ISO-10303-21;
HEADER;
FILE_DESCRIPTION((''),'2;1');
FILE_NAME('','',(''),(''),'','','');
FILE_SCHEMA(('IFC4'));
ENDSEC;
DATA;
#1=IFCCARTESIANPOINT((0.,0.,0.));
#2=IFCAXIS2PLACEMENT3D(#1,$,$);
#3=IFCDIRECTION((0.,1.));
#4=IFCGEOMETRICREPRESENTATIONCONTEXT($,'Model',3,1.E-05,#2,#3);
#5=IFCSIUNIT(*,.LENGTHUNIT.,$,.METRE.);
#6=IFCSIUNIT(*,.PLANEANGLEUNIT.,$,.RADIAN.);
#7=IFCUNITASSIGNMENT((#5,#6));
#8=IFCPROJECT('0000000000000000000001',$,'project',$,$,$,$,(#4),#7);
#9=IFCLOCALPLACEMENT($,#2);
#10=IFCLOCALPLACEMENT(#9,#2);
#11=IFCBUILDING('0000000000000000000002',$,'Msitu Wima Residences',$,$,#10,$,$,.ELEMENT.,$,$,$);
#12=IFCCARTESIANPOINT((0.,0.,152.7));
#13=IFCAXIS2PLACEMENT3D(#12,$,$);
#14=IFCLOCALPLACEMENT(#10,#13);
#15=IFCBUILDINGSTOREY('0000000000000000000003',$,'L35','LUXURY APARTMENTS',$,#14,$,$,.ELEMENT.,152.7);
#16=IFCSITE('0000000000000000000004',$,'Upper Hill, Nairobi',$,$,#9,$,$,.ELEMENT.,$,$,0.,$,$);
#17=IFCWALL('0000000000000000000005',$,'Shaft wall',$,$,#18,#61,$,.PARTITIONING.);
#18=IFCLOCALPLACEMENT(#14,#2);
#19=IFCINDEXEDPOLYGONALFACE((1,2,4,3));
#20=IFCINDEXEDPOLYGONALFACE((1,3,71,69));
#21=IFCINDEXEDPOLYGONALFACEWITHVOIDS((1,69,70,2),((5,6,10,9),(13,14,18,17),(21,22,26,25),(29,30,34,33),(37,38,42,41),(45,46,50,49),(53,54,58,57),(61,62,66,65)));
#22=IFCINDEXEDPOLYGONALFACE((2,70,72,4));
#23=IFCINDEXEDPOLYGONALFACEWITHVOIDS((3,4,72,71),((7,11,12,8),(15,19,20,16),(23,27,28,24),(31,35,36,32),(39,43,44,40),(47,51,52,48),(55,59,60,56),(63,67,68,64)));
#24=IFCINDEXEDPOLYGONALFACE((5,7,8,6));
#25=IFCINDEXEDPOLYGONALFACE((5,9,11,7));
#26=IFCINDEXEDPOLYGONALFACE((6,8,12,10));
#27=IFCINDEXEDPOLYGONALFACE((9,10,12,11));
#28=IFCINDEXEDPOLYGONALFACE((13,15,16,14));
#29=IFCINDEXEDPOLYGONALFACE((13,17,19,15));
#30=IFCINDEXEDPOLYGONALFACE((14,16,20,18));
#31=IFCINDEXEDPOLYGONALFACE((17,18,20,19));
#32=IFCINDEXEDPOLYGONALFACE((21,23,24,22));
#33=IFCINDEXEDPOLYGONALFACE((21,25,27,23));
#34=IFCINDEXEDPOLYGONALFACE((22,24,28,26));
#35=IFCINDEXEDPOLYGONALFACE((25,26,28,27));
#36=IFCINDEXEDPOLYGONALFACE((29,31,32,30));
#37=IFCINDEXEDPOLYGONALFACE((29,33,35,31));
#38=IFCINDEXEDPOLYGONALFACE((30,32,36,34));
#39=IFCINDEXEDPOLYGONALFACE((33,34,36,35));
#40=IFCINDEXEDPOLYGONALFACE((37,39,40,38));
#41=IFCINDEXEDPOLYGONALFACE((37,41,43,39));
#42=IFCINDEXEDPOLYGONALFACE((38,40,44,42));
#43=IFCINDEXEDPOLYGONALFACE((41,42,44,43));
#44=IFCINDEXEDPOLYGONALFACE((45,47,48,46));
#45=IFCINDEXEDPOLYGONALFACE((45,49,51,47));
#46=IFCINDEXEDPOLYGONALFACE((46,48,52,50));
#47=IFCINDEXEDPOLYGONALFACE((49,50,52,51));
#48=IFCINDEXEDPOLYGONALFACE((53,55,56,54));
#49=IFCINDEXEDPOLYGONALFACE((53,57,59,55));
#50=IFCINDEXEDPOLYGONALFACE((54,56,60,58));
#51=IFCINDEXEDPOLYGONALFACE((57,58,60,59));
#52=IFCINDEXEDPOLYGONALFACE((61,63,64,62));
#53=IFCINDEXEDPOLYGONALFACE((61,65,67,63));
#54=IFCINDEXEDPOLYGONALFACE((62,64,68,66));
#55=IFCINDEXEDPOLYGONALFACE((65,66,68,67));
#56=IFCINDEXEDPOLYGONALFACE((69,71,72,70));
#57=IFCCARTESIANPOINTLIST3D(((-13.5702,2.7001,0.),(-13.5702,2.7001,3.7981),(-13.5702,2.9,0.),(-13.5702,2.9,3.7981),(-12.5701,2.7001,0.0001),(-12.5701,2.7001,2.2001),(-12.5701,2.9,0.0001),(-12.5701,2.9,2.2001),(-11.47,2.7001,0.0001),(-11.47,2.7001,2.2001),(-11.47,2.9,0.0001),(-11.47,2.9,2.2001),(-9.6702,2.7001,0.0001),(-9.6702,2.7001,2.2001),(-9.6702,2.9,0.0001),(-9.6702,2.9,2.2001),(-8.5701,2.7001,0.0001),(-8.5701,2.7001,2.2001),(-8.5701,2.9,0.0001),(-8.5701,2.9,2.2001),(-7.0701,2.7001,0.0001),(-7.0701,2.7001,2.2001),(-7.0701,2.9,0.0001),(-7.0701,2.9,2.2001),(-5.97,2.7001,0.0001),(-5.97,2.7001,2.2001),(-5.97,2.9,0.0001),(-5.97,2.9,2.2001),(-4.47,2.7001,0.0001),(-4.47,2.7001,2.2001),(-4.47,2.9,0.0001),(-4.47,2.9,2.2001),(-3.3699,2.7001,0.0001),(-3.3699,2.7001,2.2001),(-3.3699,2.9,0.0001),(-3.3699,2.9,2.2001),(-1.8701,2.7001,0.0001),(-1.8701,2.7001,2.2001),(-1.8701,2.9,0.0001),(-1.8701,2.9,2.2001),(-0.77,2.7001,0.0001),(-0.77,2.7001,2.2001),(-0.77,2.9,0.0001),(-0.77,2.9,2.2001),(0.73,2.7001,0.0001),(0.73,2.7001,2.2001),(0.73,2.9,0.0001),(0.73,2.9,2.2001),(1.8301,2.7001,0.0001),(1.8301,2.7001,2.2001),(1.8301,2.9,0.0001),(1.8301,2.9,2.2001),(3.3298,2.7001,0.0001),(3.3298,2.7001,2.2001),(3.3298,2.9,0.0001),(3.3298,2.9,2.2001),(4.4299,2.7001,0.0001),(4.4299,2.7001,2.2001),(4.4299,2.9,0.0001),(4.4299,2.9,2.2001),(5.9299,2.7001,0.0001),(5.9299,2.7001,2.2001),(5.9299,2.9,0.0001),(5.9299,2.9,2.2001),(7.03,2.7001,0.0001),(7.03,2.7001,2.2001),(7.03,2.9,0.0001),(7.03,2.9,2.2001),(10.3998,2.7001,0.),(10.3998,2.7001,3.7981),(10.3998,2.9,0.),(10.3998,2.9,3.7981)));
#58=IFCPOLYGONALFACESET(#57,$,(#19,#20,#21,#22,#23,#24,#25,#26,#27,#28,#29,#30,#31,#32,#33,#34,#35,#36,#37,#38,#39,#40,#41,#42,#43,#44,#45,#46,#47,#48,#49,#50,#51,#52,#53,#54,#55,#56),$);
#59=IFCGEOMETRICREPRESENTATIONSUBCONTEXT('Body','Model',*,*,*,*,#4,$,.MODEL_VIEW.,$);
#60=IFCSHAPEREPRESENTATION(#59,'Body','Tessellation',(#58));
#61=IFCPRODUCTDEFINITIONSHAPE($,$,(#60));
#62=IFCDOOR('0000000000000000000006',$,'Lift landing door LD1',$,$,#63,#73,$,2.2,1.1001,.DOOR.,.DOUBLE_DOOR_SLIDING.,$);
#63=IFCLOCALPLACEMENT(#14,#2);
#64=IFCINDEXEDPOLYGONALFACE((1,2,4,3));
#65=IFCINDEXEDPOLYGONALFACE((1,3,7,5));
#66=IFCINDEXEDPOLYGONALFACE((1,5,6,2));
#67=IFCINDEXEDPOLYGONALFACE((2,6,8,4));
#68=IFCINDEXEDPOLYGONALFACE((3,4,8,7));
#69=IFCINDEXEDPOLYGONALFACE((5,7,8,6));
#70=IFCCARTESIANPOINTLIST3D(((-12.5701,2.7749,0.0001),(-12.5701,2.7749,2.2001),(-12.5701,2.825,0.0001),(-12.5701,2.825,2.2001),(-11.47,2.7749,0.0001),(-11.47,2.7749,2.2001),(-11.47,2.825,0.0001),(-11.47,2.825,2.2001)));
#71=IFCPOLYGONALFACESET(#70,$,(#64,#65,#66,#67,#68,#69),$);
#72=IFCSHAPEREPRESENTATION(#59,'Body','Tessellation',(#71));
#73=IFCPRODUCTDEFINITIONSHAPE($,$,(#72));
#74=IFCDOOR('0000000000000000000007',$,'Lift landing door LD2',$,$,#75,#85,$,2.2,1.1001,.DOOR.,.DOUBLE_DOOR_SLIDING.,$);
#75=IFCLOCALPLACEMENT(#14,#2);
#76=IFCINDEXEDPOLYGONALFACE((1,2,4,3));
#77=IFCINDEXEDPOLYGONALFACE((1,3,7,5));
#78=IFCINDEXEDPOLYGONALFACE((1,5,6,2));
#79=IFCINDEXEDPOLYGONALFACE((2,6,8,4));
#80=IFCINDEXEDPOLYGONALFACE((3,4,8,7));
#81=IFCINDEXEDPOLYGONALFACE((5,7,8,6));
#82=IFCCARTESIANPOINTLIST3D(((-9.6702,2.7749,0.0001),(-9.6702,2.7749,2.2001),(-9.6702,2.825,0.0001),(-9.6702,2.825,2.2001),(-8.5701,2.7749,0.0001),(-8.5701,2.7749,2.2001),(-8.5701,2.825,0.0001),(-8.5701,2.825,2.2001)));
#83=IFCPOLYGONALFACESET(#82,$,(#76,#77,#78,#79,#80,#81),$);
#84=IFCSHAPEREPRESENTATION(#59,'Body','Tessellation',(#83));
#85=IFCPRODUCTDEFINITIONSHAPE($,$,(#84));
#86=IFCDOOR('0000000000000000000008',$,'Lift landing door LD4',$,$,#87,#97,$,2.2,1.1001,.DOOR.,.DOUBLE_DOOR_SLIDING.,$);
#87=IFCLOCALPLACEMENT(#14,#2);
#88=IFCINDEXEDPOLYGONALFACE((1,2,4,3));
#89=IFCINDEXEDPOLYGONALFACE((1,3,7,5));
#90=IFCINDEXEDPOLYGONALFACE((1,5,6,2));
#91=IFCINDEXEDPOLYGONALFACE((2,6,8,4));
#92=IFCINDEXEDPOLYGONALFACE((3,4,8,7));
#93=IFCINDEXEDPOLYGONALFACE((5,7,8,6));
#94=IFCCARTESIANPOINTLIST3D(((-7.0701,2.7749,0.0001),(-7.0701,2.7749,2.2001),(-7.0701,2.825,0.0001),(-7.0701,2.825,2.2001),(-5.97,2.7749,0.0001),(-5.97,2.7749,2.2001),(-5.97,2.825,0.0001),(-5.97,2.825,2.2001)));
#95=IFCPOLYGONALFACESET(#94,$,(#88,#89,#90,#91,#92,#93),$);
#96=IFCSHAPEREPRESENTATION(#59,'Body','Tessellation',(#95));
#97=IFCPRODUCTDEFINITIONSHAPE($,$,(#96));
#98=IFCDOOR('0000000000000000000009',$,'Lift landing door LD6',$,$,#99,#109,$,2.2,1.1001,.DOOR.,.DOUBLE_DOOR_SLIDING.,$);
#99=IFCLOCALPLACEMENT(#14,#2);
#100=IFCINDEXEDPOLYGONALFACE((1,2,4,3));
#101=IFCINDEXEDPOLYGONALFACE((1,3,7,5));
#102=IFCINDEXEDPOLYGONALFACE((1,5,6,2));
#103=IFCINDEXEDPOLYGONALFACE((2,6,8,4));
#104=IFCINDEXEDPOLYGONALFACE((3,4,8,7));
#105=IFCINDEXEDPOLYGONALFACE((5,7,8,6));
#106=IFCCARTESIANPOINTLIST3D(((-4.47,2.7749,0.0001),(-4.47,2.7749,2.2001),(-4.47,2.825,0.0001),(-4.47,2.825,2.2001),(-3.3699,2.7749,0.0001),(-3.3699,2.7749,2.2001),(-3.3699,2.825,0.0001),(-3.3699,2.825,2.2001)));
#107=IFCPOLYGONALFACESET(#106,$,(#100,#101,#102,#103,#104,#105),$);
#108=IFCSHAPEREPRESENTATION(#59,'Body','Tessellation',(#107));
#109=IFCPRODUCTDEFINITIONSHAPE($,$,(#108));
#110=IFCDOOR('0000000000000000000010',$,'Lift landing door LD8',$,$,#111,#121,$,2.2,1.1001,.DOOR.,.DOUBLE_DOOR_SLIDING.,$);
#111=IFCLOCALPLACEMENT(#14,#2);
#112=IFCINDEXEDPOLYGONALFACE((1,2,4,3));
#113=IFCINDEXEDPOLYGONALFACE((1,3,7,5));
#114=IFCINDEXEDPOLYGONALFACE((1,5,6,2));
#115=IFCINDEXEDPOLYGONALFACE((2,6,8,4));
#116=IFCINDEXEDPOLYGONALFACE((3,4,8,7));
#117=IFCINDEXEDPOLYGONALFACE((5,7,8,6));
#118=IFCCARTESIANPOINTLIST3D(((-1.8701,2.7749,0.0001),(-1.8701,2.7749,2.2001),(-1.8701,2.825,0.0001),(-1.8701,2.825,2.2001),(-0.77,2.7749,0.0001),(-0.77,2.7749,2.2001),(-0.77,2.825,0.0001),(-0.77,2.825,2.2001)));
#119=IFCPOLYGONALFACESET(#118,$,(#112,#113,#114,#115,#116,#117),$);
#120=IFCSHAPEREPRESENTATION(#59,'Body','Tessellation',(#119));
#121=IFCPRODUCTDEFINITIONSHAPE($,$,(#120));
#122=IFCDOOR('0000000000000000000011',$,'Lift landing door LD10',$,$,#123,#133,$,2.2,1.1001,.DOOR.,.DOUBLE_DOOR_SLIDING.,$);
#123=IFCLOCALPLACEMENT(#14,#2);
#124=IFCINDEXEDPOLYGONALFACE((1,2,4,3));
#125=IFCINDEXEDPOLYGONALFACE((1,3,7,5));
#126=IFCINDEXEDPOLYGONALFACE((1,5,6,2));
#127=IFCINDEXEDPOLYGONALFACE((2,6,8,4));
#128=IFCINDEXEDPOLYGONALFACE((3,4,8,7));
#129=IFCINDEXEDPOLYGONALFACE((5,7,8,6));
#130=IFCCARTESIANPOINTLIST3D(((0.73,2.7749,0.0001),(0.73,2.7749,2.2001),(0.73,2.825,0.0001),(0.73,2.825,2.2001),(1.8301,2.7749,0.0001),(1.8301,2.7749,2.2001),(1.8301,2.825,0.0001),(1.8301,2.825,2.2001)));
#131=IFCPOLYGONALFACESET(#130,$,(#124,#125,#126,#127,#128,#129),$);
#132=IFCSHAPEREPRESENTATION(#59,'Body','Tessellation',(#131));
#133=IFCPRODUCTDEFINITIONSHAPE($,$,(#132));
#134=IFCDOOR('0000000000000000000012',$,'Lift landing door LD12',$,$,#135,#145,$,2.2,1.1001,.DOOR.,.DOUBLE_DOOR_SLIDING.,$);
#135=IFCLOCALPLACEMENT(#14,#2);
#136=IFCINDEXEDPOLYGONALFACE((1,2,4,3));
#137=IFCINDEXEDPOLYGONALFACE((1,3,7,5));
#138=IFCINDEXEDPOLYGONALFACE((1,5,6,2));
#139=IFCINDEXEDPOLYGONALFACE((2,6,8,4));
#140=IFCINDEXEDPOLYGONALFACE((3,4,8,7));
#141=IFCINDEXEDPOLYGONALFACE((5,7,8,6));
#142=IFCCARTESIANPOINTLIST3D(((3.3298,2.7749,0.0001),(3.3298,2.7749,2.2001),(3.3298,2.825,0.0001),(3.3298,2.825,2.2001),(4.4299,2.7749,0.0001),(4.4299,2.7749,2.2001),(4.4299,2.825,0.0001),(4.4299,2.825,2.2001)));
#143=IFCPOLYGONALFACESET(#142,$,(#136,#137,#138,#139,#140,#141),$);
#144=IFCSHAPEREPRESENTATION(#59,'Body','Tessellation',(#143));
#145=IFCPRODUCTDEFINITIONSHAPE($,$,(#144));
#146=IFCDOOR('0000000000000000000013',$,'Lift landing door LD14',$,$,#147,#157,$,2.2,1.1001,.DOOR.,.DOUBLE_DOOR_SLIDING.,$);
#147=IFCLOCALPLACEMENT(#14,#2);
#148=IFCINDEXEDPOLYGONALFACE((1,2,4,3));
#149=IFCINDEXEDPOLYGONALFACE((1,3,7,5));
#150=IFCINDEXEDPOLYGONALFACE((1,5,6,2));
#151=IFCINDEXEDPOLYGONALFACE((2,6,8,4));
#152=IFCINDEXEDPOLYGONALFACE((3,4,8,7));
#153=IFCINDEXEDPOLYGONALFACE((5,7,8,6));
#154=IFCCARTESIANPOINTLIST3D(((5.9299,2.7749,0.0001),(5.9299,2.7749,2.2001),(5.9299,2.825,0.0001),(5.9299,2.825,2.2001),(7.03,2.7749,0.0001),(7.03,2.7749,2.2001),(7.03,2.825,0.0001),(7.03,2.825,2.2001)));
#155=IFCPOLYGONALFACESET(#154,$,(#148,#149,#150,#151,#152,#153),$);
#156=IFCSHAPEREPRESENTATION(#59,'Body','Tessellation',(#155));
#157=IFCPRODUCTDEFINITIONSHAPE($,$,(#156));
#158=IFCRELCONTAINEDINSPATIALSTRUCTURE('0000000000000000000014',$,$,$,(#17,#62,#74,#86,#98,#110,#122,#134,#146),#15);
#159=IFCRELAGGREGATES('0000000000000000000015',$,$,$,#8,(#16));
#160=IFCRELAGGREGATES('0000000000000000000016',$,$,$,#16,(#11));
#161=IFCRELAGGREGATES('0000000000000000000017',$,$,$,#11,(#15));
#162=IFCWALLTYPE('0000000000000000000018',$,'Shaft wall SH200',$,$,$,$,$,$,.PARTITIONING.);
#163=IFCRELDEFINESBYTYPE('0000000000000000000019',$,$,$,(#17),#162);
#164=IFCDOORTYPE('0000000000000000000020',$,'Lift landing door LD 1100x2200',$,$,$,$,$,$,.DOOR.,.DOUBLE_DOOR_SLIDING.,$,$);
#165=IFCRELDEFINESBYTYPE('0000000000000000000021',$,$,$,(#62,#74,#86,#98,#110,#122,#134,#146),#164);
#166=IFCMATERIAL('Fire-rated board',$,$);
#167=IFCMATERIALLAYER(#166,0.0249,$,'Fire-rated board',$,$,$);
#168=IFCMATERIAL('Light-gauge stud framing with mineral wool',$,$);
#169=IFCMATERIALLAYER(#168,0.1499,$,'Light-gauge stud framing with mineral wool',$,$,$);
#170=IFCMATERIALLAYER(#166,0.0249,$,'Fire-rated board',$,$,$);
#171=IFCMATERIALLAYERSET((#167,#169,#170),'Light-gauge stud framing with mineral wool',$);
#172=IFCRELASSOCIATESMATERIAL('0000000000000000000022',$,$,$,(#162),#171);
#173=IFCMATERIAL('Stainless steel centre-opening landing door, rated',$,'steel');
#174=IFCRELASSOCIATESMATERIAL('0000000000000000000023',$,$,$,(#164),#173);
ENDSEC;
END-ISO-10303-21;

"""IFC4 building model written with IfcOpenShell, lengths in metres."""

from ifc_helpers import new_model, si_unit, direction, frame, frame_2d, origin, place, context, subcontext, project, spatial, rectangle, extrude, material, layer, layer_set, type_object, element, fill, save


model = new_model("IFC4")

# Units and contexts
model_context = context("Model", 3, precision=1e-05, world=origin(), true_north=direction((0.0, 1.0)))
body_context = subcontext(model_context, "Body", "Model", "MODEL_VIEW")
ifc_project = project(units=[si_unit("LENGTHUNIT", "METRE"), si_unit("PLANEANGLEUNIT", "RADIAN")], contexts=[model_context])

# Site, building, storey
site_placement = place(None, origin())
site = spatial("IfcSite", under=ifc_project, at=site_placement, Name="Upper Hill, Nairobi", CompositionType="ELEMENT", RefElevation=0.0)
building_placement = place(site_placement, origin())
building = spatial("IfcBuilding", under=site, at=building_placement, Name="Msitu Wima Residences", CompositionType="ELEMENT")
storey_placement = place(building_placement, frame((0.0, 0.0, 152.7)))
storey = spatial("IfcBuildingStorey", under=building, at=storey_placement, Name="L35", Description="LUXURY APARTMENTS", CompositionType="ELEMENT", Elevation=152.7)

# Shared definitions
ifc_material_1 = material(Name="Fire-rated board")
ifc_layer_1 = layer(ifc_material_1, 0.0249, Name="Fire-rated board")
ifc_material_2 = material(Name="Light-gauge stud framing with mineral wool")
ifc_layer_2 = layer(ifc_material_2, 0.1499, Name="Light-gauge stud framing with mineral wool")
ifc_layer_3 = layer(ifc_material_1, 0.0249, Name="Fire-rated board")
ifc_layer_set_1 = layer_set([ifc_layer_1, ifc_layer_2, ifc_layer_3], Name="Light-gauge stud framing with mineral wool")
wall_type_1 = type_object("IfcWallType", Name="Shaft wall SH200", PredefinedType="PARTITIONING", material=ifc_layer_set_1)

# Wall, openings, doors
wall_1_placement = place(storey_placement, frame((-13.5701, 2.8, 0.0), z_axis=(0.0, 0.0, 1.0), x_axis=(1.0, 0.0, 0.0)))
wall_1 = element("IfcWall", 1, at=wall_1_placement, inside=storey, type_object=wall_type_1, Name="Shaft wall", PredefinedType="PARTITIONING", context=body_context, shape_type="SweptSolid", body=[
    extrude(rectangle(XDim=23.97, YDim=0.2, at=frame_2d((11.9849, 0.0))), origin(), (0.0, 0.0, 1.0), 3.7981),
])
opening_1_placement = place(wall_1_placement, frame((1.0, 0.0, 0.0)))
opening_1 = element("IfcOpeningElement", 2, at=opening_1_placement, cuts=wall_1, PredefinedType="OPENING", context=body_context, shape_type="SweptSolid", body=[
    extrude(rectangle(XDim=1.1001, YDim=2.2, at=frame_2d((0.55, 1.1001))), frame((0.0, 0.1099, 0.0), z_axis=(0.0, -1.0, 0.0), x_axis=(1.0, 0.0, 0.0)), (0.0, 0.0, 1.0), 0.22),
])
opening_2_placement = place(wall_1_placement, frame((3.8999, 0.0, 0.0)))
opening_2 = element("IfcOpeningElement", 3, at=opening_2_placement, cuts=wall_1, PredefinedType="OPENING", context=body_context, shape_type="SweptSolid", body=[
    extrude(rectangle(XDim=1.1001, YDim=2.2, at=frame_2d((0.55, 1.1001))), frame((0.0, 0.1099, 0.0), z_axis=(0.0, -1.0, 0.0), x_axis=(1.0, 0.0, 0.0)), (0.0, 0.0, 1.0), 0.22),
])
opening_3_placement = place(wall_1_placement, frame((6.5, 0.0, 0.0)))
opening_3 = element("IfcOpeningElement", 4, at=opening_3_placement, cuts=wall_1, PredefinedType="OPENING", context=body_context, shape_type="SweptSolid", body=[
    extrude(rectangle(XDim=1.1001, YDim=2.2, at=frame_2d((0.55, 1.1001))), frame((0.0, 0.1099, 0.0), z_axis=(0.0, -1.0, 0.0), x_axis=(1.0, 0.0, 0.0)), (0.0, 0.0, 1.0), 0.22),
])
opening_4_placement = place(wall_1_placement, frame((9.1001, 0.0, 0.0)))
opening_4 = element("IfcOpeningElement", 5, at=opening_4_placement, cuts=wall_1, PredefinedType="OPENING", context=body_context, shape_type="SweptSolid", body=[
    extrude(rectangle(XDim=1.1001, YDim=2.2, at=frame_2d((0.55, 1.1001))), frame((0.0, 0.1099, 0.0), z_axis=(0.0, -1.0, 0.0), x_axis=(1.0, 0.0, 0.0)), (0.0, 0.0, 1.0), 0.22),
])
opening_5_placement = place(wall_1_placement, frame((11.7, 0.0, 0.0)))
opening_5 = element("IfcOpeningElement", 6, at=opening_5_placement, cuts=wall_1, PredefinedType="OPENING", context=body_context, shape_type="SweptSolid", body=[
    extrude(rectangle(XDim=1.1001, YDim=2.2, at=frame_2d((0.55, 1.1001))), frame((0.0, 0.1099, 0.0), z_axis=(0.0, -1.0, 0.0), x_axis=(1.0, 0.0, 0.0)), (0.0, 0.0, 1.0), 0.22),
])
opening_6_placement = place(wall_1_placement, frame((14.3, 0.0, 0.0)))
opening_6 = element("IfcOpeningElement", 7, at=opening_6_placement, cuts=wall_1, PredefinedType="OPENING", context=body_context, shape_type="SweptSolid", body=[
    extrude(rectangle(XDim=1.1001, YDim=2.2, at=frame_2d((0.55, 1.1001))), frame((0.0, 0.1099, 0.0), z_axis=(0.0, -1.0, 0.0), x_axis=(1.0, 0.0, 0.0)), (0.0, 0.0, 1.0), 0.22),
])
opening_7_placement = place(wall_1_placement, frame((16.8999, 0.0, 0.0)))
opening_7 = element("IfcOpeningElement", 8, at=opening_7_placement, cuts=wall_1, PredefinedType="OPENING", context=body_context, shape_type="SweptSolid", body=[
    extrude(rectangle(XDim=1.1001, YDim=2.2, at=frame_2d((0.55, 1.1001))), frame((0.0, 0.1099, 0.0), z_axis=(0.0, -1.0, 0.0), x_axis=(1.0, 0.0, 0.0)), (0.0, 0.0, 1.0), 0.22),
])
opening_8_placement = place(wall_1_placement, frame((19.5, 0.0, 0.0)))
opening_8 = element("IfcOpeningElement", 9, at=opening_8_placement, cuts=wall_1, PredefinedType="OPENING", context=body_context, shape_type="SweptSolid", body=[
    extrude(rectangle(XDim=1.1001, YDim=2.2, at=frame_2d((0.55, 1.1001))), frame((0.0, 0.1099, 0.0), z_axis=(0.0, -1.0, 0.0), x_axis=(1.0, 0.0, 0.0)), (0.0, 0.0, 1.0), 0.22),
])
ifc_material_3 = material(Name="Stainless steel centre-opening landing door, rated", Category="steel")
door_type_1 = type_object("IfcDoorType", Name="Lift landing door LD 1100x2200", OperationType="DOUBLE_DOOR_SLIDING", PredefinedType="DOOR", material=ifc_material_3)
door_1_placement = place(opening_1_placement, origin())
door_1 = element("IfcDoor", 10, at=door_1_placement, inside=storey, type_object=door_type_1, Name="Lift landing door LD1", OperationType="DOUBLE_DOOR_SLIDING", OverallHeight=2.2, OverallWidth=1.1001, PredefinedType="DOOR", context=body_context, shape_type="SweptSolid", body=[
    extrude(rectangle(XDim=1.1001, YDim=2.2, at=frame_2d((0.55, 1.1001))), frame((0.0, 0.0249, 0.0), z_axis=(0.0, -1.0, 0.0), x_axis=(1.0, 0.0, 0.0)), (0.0, 0.0, 1.0), 0.05),
])
fill(opening_1, door_1)
door_2_placement = place(opening_2_placement, origin())
door_2 = element("IfcDoor", 11, at=door_2_placement, inside=storey, type_object=door_type_1, Name="Lift landing door LD2", OperationType="DOUBLE_DOOR_SLIDING", OverallHeight=2.2, OverallWidth=1.1001, PredefinedType="DOOR", context=body_context, shape_type="SweptSolid", body=[
    extrude(rectangle(XDim=1.1001, YDim=2.2, at=frame_2d((0.55, 1.1001))), frame((0.0, 0.0249, 0.0), z_axis=(0.0, -1.0, 0.0), x_axis=(1.0, 0.0, 0.0)), (0.0, 0.0, 1.0), 0.05),
])
fill(opening_2, door_2)
door_3_placement = place(opening_3_placement, origin())
door_3 = element("IfcDoor", 12, at=door_3_placement, inside=storey, type_object=door_type_1, Name="Lift landing door LD4", OperationType="DOUBLE_DOOR_SLIDING", OverallHeight=2.2, OverallWidth=1.1001, PredefinedType="DOOR", context=body_context, shape_type="SweptSolid", body=[
    extrude(rectangle(XDim=1.1001, YDim=2.2, at=frame_2d((0.55, 1.1001))), frame((0.0, 0.0249, 0.0), z_axis=(0.0, -1.0, 0.0), x_axis=(1.0, 0.0, 0.0)), (0.0, 0.0, 1.0), 0.05),
])
fill(opening_3, door_3)
door_4_placement = place(opening_4_placement, origin())
door_4 = element("IfcDoor", 13, at=door_4_placement, inside=storey, type_object=door_type_1, Name="Lift landing door LD6", OperationType="DOUBLE_DOOR_SLIDING", OverallHeight=2.2, OverallWidth=1.1001, PredefinedType="DOOR", context=body_context, shape_type="SweptSolid", body=[
    extrude(rectangle(XDim=1.1001, YDim=2.2, at=frame_2d((0.55, 1.1001))), frame((0.0, 0.0249, 0.0), z_axis=(0.0, -1.0, 0.0), x_axis=(1.0, 0.0, 0.0)), (0.0, 0.0, 1.0), 0.05),
])
fill(opening_4, door_4)
door_5_placement = place(opening_5_placement, origin())
door_5 = element("IfcDoor", 14, at=door_5_placement, inside=storey, type_object=door_type_1, Name="Lift landing door LD8", OperationType="DOUBLE_DOOR_SLIDING", OverallHeight=2.2, OverallWidth=1.1001, PredefinedType="DOOR", context=body_context, shape_type="SweptSolid", body=[
    extrude(rectangle(XDim=1.1001, YDim=2.2, at=frame_2d((0.55, 1.1001))), frame((0.0, 0.0249, 0.0), z_axis=(0.0, -1.0, 0.0), x_axis=(1.0, 0.0, 0.0)), (0.0, 0.0, 1.0), 0.05),
])
fill(opening_5, door_5)
door_6_placement = place(opening_6_placement, origin())
door_6 = element("IfcDoor", 15, at=door_6_placement, inside=storey, type_object=door_type_1, Name="Lift landing door LD10", OperationType="DOUBLE_DOOR_SLIDING", OverallHeight=2.2, OverallWidth=1.1001, PredefinedType="DOOR", context=body_context, shape_type="SweptSolid", body=[
    extrude(rectangle(XDim=1.1001, YDim=2.2, at=frame_2d((0.55, 1.1001))), frame((0.0, 0.0249, 0.0), z_axis=(0.0, -1.0, 0.0), x_axis=(1.0, 0.0, 0.0)), (0.0, 0.0, 1.0), 0.05),
])
fill(opening_6, door_6)
door_7_placement = place(opening_7_placement, origin())
door_7 = element("IfcDoor", 16, at=door_7_placement, inside=storey, type_object=door_type_1, Name="Lift landing door LD12", OperationType="DOUBLE_DOOR_SLIDING", OverallHeight=2.2, OverallWidth=1.1001, PredefinedType="DOOR", context=body_context, shape_type="SweptSolid", body=[
    extrude(rectangle(XDim=1.1001, YDim=2.2, at=frame_2d((0.55, 1.1001))), frame((0.0, 0.0249, 0.0), z_axis=(0.0, -1.0, 0.0), x_axis=(1.0, 0.0, 0.0)), (0.0, 0.0, 1.0), 0.05),
])
fill(opening_7, door_7)
door_8_placement = place(opening_8_placement, origin())
door_8 = element("IfcDoor", 17, at=door_8_placement, inside=storey, type_object=door_type_1, Name="Lift landing door LD14", OperationType="DOUBLE_DOOR_SLIDING", OverallHeight=2.2, OverallWidth=1.1001, PredefinedType="DOOR", context=body_context, shape_type="SweptSolid", body=[
    extrude(rectangle(XDim=1.1001, YDim=2.2, at=frame_2d((0.55, 1.1001))), frame((0.0, 0.0249, 0.0), z_axis=(0.0, -1.0, 0.0), x_axis=(1.0, 0.0, 0.0)), (0.0, 0.0, 1.0), 0.05),
])
fill(opening_8, door_8)

save(model, "model.ifc")
